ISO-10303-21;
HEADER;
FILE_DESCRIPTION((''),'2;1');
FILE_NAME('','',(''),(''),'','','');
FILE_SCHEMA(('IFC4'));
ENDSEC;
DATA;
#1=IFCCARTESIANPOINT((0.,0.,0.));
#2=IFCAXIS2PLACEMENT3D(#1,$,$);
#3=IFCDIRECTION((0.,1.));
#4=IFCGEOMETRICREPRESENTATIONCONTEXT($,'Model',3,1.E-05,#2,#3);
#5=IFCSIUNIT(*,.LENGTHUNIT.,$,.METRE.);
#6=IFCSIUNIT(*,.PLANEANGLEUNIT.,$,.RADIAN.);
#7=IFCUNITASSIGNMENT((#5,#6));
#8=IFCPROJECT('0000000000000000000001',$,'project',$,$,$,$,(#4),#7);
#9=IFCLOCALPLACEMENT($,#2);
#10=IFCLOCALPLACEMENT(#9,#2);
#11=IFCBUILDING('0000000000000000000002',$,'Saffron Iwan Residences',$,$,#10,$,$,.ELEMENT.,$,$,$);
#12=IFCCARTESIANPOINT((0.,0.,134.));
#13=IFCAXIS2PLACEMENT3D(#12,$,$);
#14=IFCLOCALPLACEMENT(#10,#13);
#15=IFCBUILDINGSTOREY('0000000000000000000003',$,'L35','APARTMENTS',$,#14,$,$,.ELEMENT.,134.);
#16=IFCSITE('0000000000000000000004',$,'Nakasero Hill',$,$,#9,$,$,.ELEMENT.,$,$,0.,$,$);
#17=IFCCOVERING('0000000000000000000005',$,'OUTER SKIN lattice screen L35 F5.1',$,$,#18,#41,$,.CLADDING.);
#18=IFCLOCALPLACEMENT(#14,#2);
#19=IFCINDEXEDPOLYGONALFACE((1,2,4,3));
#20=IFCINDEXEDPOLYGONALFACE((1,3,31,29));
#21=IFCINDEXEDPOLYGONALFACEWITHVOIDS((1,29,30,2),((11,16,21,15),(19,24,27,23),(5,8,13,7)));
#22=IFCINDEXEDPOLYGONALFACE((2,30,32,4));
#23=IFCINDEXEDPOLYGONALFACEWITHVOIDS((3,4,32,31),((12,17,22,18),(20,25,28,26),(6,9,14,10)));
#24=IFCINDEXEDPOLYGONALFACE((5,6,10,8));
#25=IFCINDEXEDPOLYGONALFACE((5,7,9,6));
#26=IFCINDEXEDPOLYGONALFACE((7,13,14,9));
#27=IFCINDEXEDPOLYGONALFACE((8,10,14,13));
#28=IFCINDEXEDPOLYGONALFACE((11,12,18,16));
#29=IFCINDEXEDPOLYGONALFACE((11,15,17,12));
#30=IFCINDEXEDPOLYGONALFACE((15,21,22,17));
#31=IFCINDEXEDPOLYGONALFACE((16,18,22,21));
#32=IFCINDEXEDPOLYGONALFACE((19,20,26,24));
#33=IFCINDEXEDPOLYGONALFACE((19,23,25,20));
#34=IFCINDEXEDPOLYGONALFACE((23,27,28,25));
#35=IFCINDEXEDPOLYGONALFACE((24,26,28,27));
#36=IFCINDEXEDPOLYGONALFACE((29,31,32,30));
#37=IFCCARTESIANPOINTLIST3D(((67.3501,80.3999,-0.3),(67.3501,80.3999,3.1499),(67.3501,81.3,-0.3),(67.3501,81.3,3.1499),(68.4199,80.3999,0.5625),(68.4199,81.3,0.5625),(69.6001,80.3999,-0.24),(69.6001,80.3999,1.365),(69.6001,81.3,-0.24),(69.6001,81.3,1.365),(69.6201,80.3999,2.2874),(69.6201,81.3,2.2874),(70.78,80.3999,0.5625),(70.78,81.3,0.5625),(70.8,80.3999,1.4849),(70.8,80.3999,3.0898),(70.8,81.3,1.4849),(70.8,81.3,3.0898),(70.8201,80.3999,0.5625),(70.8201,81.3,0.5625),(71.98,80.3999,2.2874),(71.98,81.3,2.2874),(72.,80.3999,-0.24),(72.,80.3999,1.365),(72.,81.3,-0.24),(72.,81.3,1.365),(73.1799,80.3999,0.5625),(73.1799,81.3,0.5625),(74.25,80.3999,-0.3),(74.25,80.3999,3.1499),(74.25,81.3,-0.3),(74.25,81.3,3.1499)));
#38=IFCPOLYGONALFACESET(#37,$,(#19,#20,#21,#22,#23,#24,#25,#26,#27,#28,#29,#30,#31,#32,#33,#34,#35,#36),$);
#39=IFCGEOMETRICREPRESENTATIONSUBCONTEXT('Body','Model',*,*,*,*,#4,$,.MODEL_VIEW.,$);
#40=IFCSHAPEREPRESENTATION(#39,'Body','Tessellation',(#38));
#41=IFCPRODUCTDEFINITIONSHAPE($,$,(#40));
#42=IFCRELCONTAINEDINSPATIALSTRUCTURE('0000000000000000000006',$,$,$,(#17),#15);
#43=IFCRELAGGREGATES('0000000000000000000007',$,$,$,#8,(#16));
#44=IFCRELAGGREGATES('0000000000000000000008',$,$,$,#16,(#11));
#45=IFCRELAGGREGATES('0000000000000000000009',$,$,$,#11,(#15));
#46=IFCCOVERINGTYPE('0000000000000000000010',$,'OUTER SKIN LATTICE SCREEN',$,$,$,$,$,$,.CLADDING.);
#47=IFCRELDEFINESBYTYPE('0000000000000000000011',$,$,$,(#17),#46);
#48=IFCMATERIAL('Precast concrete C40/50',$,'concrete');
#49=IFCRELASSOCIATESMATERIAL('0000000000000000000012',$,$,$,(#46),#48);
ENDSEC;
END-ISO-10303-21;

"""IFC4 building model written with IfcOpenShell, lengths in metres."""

from ifc_helpers import new_model, si_unit, direction, frame, origin, place, context, subcontext, project, spatial, polyline, outline, extrude, material, type_object, element, save


model = new_model("IFC4")

# Units and contexts
model_context = context("Model", 3, precision=1e-05, world=origin(), true_north=direction((0.0, 1.0)))
body_context = subcontext(model_context, "Body", "Model", "MODEL_VIEW")
ifc_project = project(units=[si_unit("LENGTHUNIT", "METRE"), si_unit("PLANEANGLEUNIT", "RADIAN")], contexts=[model_context])

# Site, building, storey
site_placement = place(None, origin())
site = spatial("IfcSite", under=ifc_project, at=site_placement, Name="Nakasero Hill", CompositionType="ELEMENT", RefElevation=0.0)
building_placement = place(site_placement, origin())
building = spatial("IfcBuilding", under=site, at=building_placement, Name="Saffron Iwan Residences", CompositionType="ELEMENT")
storey_placement = place(building_placement, frame((0.0, 0.0, 134.0)))
storey = spatial("IfcBuildingStorey", under=building, at=storey_placement, Name="L35", Description="APARTMENTS", CompositionType="ELEMENT", Elevation=134.0)

# Covering
ifc_material_1 = material(Name="Precast concrete C40/50", Category="concrete")
covering_type = type_object("IfcCoveringType", Name="OUTER SKIN LATTICE SCREEN", PredefinedType="CLADDING", material=ifc_material_1)
covering_placement = place(storey_placement, frame((74.25, 80.3999, -0.3), z_axis=(0.0, 1.0, 0.0), x_axis=(-1.0, 0.0, 0.0)))
element("IfcCovering", 1, at=covering_placement, inside=storey, type_object=covering_type, Name="OUTER SKIN lattice screen L35 F5.1", PredefinedType="CLADDING", context=body_context, shape_type="SweptSolid", body=[
    extrude(outline(polyline([(0.0, 0.0), (6.8999, 0.0), (6.8999, 3.45), (0.0, 3.45), (0.0, 0.0)]), holes=[polyline([(1.0701, 0.8625), (2.25, 0.0601), (3.4299, 0.8625), (2.25, 1.665), (1.0701, 0.8625)]), polyline([(3.47, 0.8625), (4.6499, 0.0601), (5.8301, 0.8625), (4.6499, 1.665), (3.47, 0.8625)]), polyline([(2.27, 2.5874), (3.45, 1.7849), (4.6299, 2.5874), (3.45, 3.3899), (2.27, 2.5874)])]), origin(), (0.0, 0.0, 1.0), 0.9001),
])

save(model, "model.ifc")
